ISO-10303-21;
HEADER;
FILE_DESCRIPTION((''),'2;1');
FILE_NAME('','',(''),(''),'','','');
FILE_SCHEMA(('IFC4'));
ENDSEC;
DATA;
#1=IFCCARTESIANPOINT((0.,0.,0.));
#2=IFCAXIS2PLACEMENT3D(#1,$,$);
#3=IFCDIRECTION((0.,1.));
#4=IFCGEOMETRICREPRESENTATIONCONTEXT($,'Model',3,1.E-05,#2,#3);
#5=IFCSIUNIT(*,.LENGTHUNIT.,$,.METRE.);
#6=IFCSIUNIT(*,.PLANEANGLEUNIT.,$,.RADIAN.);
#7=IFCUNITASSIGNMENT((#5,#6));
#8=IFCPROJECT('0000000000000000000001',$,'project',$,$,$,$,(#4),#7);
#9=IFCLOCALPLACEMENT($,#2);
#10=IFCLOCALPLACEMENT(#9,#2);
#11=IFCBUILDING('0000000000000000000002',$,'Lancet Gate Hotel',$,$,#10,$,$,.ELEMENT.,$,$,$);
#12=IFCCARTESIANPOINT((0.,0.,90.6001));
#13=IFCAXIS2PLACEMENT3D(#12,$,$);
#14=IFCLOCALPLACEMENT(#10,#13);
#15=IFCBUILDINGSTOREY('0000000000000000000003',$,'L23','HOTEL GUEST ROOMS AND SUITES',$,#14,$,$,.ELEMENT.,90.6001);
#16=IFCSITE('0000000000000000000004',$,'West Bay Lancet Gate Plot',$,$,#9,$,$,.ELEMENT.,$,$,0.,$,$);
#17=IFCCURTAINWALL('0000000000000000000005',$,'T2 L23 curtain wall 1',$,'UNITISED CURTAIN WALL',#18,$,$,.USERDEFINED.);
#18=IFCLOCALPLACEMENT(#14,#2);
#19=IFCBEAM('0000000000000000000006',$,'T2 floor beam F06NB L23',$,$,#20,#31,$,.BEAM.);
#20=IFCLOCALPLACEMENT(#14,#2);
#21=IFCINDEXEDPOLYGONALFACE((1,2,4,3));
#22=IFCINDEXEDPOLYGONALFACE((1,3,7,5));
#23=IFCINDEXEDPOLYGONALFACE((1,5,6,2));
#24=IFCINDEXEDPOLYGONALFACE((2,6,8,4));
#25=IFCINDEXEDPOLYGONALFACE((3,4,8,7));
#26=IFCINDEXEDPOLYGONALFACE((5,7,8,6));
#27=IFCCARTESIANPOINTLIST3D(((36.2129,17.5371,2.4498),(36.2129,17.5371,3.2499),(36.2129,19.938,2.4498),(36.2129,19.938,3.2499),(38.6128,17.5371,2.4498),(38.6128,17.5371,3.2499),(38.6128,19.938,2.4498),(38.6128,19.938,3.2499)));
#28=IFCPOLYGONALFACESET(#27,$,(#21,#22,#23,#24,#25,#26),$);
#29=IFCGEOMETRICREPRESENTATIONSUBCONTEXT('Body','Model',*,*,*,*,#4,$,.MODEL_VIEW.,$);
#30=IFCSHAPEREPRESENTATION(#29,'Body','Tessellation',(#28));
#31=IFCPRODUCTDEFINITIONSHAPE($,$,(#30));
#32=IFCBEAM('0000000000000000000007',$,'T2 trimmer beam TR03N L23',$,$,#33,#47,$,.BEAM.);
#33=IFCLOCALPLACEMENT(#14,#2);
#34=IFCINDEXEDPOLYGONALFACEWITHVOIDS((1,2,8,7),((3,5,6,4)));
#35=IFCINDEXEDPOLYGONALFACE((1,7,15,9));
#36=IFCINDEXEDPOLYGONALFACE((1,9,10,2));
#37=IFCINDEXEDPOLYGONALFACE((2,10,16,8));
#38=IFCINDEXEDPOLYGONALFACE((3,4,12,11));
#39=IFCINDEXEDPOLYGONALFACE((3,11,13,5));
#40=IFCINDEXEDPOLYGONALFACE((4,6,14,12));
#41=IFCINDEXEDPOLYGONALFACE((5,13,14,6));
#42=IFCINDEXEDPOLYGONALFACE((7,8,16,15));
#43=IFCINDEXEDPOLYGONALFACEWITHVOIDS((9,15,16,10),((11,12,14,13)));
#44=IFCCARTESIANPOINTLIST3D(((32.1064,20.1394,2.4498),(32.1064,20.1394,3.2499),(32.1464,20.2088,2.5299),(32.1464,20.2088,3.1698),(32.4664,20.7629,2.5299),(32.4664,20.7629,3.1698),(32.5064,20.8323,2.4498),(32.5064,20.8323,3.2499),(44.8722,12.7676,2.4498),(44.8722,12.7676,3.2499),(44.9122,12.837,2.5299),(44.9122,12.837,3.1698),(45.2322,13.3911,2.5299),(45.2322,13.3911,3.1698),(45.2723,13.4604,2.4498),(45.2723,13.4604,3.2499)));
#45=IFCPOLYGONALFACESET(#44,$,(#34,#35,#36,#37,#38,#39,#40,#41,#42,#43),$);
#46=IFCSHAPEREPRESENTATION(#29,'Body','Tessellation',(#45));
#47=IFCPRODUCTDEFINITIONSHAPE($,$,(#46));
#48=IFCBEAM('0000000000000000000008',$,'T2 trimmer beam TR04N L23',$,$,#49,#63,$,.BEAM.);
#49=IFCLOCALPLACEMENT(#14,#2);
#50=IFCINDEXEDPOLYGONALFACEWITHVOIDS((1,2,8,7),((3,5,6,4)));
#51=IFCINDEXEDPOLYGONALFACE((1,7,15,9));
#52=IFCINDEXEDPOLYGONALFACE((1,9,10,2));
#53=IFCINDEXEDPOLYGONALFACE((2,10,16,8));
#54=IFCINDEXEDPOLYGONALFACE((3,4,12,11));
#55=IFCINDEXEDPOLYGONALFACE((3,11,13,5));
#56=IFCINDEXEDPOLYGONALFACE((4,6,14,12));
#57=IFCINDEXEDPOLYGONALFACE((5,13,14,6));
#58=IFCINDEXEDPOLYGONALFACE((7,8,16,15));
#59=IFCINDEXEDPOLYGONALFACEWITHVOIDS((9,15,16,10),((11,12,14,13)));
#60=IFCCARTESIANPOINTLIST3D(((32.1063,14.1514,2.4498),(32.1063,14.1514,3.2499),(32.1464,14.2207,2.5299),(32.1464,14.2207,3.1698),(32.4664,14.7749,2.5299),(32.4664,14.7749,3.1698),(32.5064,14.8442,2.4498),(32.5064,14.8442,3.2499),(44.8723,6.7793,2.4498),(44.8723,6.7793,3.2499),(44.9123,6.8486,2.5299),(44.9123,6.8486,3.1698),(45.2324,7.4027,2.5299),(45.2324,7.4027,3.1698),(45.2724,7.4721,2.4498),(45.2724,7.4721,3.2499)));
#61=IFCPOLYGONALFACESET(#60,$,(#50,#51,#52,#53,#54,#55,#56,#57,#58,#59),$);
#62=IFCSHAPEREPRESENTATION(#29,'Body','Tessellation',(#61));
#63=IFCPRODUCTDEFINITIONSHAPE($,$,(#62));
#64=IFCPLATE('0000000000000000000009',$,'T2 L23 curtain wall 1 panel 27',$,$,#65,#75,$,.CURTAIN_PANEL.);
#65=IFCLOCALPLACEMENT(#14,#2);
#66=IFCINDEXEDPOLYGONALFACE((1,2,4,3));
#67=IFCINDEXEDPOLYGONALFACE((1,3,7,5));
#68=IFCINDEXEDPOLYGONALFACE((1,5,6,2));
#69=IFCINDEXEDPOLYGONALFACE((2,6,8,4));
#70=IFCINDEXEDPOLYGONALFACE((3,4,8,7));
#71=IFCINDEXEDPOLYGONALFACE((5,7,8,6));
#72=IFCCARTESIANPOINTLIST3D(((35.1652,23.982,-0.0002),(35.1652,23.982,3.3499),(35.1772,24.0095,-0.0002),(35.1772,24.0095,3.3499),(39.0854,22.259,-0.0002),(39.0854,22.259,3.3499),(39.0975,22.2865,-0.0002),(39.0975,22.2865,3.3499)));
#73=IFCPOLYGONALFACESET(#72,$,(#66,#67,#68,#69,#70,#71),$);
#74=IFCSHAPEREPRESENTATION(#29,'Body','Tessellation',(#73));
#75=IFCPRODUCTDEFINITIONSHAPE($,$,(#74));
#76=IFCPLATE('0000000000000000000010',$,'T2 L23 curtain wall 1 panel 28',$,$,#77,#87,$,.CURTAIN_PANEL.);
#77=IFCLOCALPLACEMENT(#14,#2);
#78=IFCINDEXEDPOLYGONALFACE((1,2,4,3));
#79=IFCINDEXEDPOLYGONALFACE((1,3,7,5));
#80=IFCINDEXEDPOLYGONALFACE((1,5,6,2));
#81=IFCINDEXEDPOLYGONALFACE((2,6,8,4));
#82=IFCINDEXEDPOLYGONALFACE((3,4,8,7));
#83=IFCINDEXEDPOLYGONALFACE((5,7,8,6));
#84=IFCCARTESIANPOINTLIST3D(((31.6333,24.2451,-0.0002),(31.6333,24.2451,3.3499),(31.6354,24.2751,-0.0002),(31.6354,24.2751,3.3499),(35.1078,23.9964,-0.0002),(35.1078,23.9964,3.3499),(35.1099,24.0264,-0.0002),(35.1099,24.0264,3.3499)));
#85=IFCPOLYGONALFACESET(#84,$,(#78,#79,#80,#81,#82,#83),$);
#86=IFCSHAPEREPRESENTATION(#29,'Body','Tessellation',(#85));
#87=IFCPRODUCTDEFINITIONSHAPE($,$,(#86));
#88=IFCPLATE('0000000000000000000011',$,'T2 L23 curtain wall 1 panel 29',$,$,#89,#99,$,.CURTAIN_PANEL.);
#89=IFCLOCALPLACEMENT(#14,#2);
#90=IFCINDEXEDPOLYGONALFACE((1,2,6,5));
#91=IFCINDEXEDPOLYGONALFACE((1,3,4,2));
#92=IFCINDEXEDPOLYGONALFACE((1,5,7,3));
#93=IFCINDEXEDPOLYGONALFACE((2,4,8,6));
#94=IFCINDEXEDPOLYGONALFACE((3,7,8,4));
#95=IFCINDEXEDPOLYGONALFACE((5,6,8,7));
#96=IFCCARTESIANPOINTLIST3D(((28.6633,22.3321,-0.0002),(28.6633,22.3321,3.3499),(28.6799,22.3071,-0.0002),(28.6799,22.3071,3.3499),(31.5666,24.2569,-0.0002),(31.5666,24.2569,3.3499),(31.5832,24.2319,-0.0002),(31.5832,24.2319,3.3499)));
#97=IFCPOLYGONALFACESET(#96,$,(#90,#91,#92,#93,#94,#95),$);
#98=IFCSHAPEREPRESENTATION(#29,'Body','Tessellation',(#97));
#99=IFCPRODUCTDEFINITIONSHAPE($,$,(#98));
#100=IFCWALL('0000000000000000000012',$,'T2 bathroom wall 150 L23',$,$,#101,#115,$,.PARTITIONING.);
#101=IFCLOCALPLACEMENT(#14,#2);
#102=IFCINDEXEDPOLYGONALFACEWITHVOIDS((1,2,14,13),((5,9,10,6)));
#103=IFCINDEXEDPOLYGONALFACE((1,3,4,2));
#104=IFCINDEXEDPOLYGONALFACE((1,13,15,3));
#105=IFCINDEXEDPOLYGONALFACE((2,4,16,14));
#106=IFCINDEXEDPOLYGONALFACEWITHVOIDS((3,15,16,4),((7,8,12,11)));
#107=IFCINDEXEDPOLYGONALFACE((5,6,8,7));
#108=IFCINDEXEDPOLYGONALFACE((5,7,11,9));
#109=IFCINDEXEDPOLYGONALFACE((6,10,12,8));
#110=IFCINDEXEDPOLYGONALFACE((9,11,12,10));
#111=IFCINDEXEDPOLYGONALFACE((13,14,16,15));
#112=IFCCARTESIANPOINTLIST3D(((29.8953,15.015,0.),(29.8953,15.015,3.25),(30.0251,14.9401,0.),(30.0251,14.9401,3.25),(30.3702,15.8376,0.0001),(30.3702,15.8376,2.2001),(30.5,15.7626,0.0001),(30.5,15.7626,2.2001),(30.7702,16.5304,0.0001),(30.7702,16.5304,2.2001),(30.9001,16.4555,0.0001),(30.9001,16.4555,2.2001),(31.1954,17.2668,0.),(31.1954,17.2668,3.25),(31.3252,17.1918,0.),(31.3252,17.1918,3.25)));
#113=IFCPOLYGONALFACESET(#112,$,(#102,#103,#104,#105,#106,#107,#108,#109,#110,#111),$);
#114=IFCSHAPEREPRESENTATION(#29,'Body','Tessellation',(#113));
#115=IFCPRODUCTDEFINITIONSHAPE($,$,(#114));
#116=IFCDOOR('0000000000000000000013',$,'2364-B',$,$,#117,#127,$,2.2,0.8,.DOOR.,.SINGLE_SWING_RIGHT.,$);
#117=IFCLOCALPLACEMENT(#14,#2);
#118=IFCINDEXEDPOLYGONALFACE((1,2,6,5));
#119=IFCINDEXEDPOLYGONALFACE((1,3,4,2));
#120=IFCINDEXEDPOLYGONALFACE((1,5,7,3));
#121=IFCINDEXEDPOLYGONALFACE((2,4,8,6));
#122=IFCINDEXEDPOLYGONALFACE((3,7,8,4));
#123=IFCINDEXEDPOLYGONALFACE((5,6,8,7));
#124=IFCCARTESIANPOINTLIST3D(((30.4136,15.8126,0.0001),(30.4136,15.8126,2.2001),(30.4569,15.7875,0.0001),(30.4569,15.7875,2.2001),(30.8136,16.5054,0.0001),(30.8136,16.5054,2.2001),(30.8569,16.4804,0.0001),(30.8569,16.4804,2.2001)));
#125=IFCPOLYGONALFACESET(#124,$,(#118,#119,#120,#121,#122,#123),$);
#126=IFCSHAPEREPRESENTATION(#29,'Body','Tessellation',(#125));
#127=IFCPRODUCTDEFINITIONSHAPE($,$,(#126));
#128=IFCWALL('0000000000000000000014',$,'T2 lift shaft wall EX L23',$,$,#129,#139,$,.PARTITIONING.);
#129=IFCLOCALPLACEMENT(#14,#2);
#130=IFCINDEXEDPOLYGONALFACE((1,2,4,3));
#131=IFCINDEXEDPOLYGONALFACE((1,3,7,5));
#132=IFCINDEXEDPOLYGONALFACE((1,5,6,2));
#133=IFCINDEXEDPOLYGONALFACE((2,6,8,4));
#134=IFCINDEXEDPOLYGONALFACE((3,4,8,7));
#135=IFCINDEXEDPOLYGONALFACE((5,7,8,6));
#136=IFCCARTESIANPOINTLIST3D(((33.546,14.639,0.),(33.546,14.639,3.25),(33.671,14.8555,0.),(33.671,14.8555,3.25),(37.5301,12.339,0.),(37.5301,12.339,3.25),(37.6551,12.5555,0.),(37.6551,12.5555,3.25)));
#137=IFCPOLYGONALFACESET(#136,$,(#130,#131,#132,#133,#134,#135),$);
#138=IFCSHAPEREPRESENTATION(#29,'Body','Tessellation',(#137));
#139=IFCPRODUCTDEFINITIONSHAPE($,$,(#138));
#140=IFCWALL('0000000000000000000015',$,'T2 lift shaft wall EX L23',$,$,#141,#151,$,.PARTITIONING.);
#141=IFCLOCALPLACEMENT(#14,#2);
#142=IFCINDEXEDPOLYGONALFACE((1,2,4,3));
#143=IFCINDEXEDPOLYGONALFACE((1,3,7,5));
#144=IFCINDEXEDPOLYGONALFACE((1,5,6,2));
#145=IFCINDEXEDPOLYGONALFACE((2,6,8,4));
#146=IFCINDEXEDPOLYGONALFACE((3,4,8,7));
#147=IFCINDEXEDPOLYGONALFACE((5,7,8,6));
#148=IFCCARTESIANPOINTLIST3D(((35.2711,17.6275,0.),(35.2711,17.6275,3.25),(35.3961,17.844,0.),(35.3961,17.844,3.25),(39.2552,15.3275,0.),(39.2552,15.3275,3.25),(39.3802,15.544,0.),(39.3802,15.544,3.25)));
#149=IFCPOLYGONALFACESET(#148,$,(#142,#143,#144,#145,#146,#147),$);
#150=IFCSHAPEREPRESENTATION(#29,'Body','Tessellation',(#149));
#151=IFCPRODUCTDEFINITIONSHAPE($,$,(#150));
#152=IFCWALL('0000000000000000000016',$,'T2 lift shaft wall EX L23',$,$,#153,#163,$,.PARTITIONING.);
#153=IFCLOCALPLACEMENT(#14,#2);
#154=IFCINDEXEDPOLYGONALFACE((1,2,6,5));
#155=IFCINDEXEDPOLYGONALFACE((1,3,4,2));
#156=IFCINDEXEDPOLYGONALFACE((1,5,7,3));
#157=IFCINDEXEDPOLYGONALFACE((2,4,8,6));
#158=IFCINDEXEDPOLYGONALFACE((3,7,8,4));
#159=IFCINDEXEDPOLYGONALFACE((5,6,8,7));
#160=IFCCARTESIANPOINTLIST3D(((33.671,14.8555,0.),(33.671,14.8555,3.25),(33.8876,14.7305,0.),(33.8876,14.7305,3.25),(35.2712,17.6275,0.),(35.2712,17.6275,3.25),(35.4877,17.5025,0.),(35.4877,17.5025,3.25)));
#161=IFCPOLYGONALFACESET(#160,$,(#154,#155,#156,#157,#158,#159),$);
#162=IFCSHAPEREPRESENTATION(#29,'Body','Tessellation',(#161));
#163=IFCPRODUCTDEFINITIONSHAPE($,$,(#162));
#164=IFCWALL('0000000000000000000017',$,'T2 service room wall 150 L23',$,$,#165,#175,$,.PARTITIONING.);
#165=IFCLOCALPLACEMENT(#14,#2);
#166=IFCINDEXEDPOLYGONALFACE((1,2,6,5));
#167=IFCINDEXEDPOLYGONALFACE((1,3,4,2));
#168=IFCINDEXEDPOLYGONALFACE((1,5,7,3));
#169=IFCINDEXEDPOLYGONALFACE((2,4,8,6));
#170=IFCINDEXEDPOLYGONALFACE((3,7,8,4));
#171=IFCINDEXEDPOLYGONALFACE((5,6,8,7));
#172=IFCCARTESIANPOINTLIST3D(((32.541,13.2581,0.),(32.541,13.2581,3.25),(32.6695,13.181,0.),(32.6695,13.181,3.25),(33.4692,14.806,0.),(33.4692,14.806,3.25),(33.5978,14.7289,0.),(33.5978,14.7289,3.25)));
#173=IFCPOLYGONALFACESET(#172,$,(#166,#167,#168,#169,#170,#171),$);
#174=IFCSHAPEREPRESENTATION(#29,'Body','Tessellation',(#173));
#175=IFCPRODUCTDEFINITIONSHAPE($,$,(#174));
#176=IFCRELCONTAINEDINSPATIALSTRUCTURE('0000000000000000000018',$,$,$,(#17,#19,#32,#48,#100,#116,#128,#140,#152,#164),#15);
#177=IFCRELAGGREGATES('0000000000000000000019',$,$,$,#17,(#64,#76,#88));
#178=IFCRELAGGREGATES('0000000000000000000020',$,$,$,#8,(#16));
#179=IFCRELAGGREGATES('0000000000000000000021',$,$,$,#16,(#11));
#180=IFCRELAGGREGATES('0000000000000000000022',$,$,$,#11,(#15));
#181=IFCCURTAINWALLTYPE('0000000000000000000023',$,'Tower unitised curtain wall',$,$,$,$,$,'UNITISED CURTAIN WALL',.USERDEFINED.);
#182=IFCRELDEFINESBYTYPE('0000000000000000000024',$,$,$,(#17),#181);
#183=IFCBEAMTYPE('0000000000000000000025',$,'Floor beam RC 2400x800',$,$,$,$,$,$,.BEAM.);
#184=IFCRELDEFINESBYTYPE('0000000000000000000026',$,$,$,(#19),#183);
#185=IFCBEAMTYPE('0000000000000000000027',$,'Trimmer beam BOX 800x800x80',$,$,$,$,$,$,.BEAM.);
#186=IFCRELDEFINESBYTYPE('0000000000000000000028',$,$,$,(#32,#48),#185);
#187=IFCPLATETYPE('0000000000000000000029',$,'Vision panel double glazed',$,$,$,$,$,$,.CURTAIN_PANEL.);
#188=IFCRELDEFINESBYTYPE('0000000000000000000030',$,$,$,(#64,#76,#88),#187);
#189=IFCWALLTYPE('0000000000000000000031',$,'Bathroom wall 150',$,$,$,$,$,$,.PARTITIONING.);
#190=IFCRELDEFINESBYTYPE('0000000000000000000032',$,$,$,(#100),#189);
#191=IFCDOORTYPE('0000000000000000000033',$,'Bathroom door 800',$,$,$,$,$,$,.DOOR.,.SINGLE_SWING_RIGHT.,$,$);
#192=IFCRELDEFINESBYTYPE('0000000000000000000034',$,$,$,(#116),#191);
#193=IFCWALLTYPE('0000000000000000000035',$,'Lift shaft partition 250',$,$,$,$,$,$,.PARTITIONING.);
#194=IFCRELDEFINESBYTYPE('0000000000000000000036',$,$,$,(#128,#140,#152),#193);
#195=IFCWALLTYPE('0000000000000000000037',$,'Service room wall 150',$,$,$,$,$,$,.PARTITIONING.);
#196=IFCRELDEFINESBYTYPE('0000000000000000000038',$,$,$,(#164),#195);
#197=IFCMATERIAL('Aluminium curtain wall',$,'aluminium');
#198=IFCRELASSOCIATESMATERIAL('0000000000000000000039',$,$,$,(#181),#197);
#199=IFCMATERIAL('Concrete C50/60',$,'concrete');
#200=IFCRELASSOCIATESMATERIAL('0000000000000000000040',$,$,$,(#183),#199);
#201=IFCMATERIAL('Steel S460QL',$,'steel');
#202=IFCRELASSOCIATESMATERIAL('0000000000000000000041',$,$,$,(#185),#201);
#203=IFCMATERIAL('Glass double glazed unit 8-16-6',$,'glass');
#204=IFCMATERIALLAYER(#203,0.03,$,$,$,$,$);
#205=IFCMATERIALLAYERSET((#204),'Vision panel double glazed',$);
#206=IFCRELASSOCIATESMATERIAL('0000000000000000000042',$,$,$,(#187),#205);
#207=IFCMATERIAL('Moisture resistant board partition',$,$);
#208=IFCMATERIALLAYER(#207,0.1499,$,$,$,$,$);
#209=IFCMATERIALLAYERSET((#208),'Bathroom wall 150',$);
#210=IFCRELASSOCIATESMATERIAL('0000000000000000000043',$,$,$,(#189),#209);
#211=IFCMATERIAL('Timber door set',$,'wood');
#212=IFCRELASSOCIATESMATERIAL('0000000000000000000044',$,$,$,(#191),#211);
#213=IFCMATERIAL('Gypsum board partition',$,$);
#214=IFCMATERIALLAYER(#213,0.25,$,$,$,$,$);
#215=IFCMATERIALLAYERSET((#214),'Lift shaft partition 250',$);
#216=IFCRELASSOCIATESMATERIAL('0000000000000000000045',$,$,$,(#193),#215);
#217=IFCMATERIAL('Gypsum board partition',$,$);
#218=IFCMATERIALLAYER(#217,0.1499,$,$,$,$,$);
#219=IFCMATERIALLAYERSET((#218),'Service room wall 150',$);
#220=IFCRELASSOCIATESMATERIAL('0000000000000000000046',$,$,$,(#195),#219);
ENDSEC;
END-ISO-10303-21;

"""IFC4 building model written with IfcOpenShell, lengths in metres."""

from ifc_helpers import new_model, si_unit, direction, frame, frame_2d, origin, origin_2d, place, context, subcontext, project, spatial, rectangle, hollow_rectangle, extrude, material, layer, layer_set, material_profile, profile_set, type_object, element, fill, aggregate, save


model = new_model("IFC4")

# Units and contexts
model_context = context("Model", 3, precision=1e-05, world=origin(), true_north=direction((0.0, 1.0)))
body_context = subcontext(model_context, "Body", "Model", "MODEL_VIEW")
ifc_project = project(units=[si_unit("LENGTHUNIT", "METRE"), si_unit("PLANEANGLEUNIT", "RADIAN")], contexts=[model_context])

# Site, building, storey
site_placement = place(None, origin())
site = spatial("IfcSite", under=ifc_project, at=site_placement, Name="West Bay Lancet Gate Plot", CompositionType="ELEMENT", RefElevation=0.0)
building_placement = place(site_placement, origin())
building = spatial("IfcBuilding", under=site, at=building_placement, Name="Lancet Gate Hotel", CompositionType="ELEMENT")
storey_placement = place(building_placement, frame((0.0, 0.0, 90.6001)))
storey = spatial("IfcBuildingStorey", under=building, at=storey_placement, Name="L23", Description="HOTEL GUEST ROOMS AND SUITES", CompositionType="ELEMENT", Elevation=90.6001)

# Curtain wall
ifc_material_1 = material(Name="Aluminium curtain wall", Category="aluminium")
curtain_wall_type = type_object("IfcCurtainWallType", Name="Tower unitised curtain wall", ElementType="UNITISED CURTAIN WALL", PredefinedType="USERDEFINED", material=ifc_material_1)
curtain_wall_placement = place(storey_placement, origin())
curtain_wall = element("IfcCurtainWall", 1, at=curtain_wall_placement, inside=storey, type_object=curtain_wall_type, Name="T2 L23 curtain wall 1", ObjectType="UNITISED CURTAIN WALL", PredefinedType="USERDEFINED")

# Beams
ifc_material_2 = material(Name="Concrete C50/60", Category="concrete")
ifc_material_profile_1 = material_profile(ifc_material_2, rectangle(XDim=2.3999, YDim=0.8, at=origin_2d()), Name="RC 2400x800")
ifc_profile_set_1 = profile_set([ifc_material_profile_1], Name="Concrete C50/60")
beam_type_1 = type_object("IfcBeamType", Name="Floor beam RC 2400x800", PredefinedType="BEAM", material=ifc_profile_set_1)
beam_1_placement = place(storey_placement, frame((37.4128, 17.5371, 2.8499), z_axis=(0.0, 1.0, 0.0), x_axis=(-1.0, 0.0, 0.0)))
element("IfcBeam", 2, at=beam_1_placement, inside=storey, type_object=beam_type_1, Name="T2 floor beam F06NB L23", PredefinedType="BEAM", context=body_context, shape_type="SweptSolid", body=[
    extrude(rectangle(XDim=2.3999, YDim=0.8, at=origin_2d()), origin(), (0.0, 0.0, 1.0), 2.4009),
])
ifc_material_3 = material(Name="Steel S460QL", Category="steel")
ifc_material_profile_2 = material_profile(ifc_material_3, hollow_rectangle(XDim=0.8, YDim=0.8, WallThickness=0.0801, at=origin_2d()), Name="BOX 800x800x80")
ifc_profile_set_2 = profile_set([ifc_material_profile_2], Name="Steel S460QL")
beam_type_2 = type_object("IfcBeamType", Name="Trimmer beam BOX 800x800x80", PredefinedType="BEAM", material=ifc_profile_set_2)
beam_2_placement = place(storey_placement, frame((32.3064, 20.4858, 2.8499), z_axis=(0.865983, -0.500074, 0.0), x_axis=(0.500074, 0.865983, 0.0)))
element("IfcBeam", 3, at=beam_2_placement, inside=storey, type_object=beam_type_2, Name="T2 trimmer beam TR03N L23", PredefinedType="BEAM", context=body_context, shape_type="SweptSolid", body=[
    extrude(hollow_rectangle(XDim=0.8, YDim=0.8, WallThickness=0.0801, at=origin_2d()), origin(), (0.0, 0.0, 1.0), 14.7415),
])
beam_3_placement = place(storey_placement, frame((32.3064, 14.4978, 2.8499), z_axis=(0.865976, -0.500086, 0.0), x_axis=(0.500086, 0.865976, 0.0)))
element("IfcBeam", 4, at=beam_3_placement, inside=storey, type_object=beam_type_2, Name="T2 trimmer beam TR04N L23", PredefinedType="BEAM", context=body_context, shape_type="SweptSolid", body=[
    extrude(hollow_rectangle(XDim=0.8, YDim=0.8, WallThickness=0.0801, at=origin_2d()), origin(), (0.0, 0.0, 1.0), 14.7417),
])

# Plates
ifc_material_4 = material(Name="Glass double glazed unit 8-16-6", Category="glass")
ifc_layer_1 = layer(ifc_material_4, 0.03)
ifc_layer_set_1 = layer_set([ifc_layer_1], Name="Vision panel double glazed")
plate_type = type_object("IfcPlateType", Name="Vision panel double glazed", PredefinedType="CURTAIN_PANEL", material=ifc_layer_set_1)
plate_1_placement = place(storey_placement, frame((37.1313, 23.1343, -0.0002), z_axis=(0.0, 0.0, 1.0), x_axis=(-0.915479, 0.402367, 0.0)))
plate_1 = element("IfcPlate", 5, at=plate_1_placement, type_object=plate_type, Name="T2 L23 curtain wall 1 panel 27", PredefinedType="CURTAIN_PANEL", context=body_context, shape_type="SweptSolid", body=[
    extrude(rectangle(XDim=4.2822, YDim=0.03, at=origin_2d()), origin(), (0.0, 0.0, 1.0), 3.3501),
])
plate_2_placement = place(storey_placement, frame((33.3716, 24.1357, -0.0002), z_axis=(0.0, 0.0, 1.0), x_axis=(-0.997448, 0.07139, 0.0)))
plate_2 = element("IfcPlate", 6, at=plate_2_placement, type_object=plate_type, Name="T2 L23 curtain wall 1 panel 28", PredefinedType="CURTAIN_PANEL", context=body_context, shape_type="SweptSolid", body=[
    extrude(rectangle(XDim=3.4834, YDim=0.03, at=origin_2d()), origin(), (0.0, 0.0, 1.0), 3.3501),
])
plate_3_placement = place(storey_placement, frame((30.1233, 23.282, -0.0002), z_axis=(0.0, 0.0, 1.0), x_axis=(-0.833465, -0.552573, 0.0)))
plate_3 = element("IfcPlate", 7, at=plate_3_placement, type_object=plate_type, Name="T2 L23 curtain wall 1 panel 29", PredefinedType="CURTAIN_PANEL", context=body_context, shape_type="SweptSolid", body=[
    extrude(rectangle(XDim=3.4834, YDim=0.03, at=origin_2d()), origin(), (0.0, 0.0, 1.0), 3.3501),
])
aggregate(curtain_wall, [plate_1, plate_2, plate_3])

# Wall, opening, door
ifc_material_5 = material(Name="Moisture resistant board partition")
ifc_layer_2 = layer(ifc_material_5, 0.1499)
ifc_layer_set_2 = layer_set([ifc_layer_2], Name="Bathroom wall 150")
wall_type_1 = type_object("IfcWallType", Name="Bathroom wall 150", PredefinedType="PARTITIONING", material=ifc_layer_set_2)
wall_1_placement = place(storey_placement, frame((29.9602, 14.9775, 0.0), z_axis=(0.0, 0.0, 1.0), x_axis=(0.500007, 0.866021, 0.0)))
wall_1 = element("IfcWall", 8, at=wall_1_placement, inside=storey, type_object=wall_type_1, Name="T2 bathroom wall 150 L23", PredefinedType="PARTITIONING", context=body_context, shape_type="SweptSolid", body=[
    extrude(rectangle(XDim=2.6001, YDim=0.1499, at=frame_2d((1.3, 0.0))), origin(), (0.0, 0.0, 1.0), 3.25),
])
opening_placement = place(wall_1_placement, frame((0.95, 0.0, 0.0)))
opening = element("IfcOpeningElement", 9, at=opening_placement, cuts=wall_1, PredefinedType="OPENING", context=body_context, shape_type="SweptSolid", body=[
    extrude(rectangle(XDim=0.8, YDim=2.2, at=frame_2d((0.3999, 1.1001))), frame((0.0, 0.085, 0.0), z_axis=(0.0, -1.0, 0.0), x_axis=(1.0, 0.0, 0.0)), (0.0, 0.0, 1.0), 0.1699),
])
ifc_material_6 = material(Name="Timber door set", Category="wood")
door_type = type_object("IfcDoorType", Name="Bathroom door 800", OperationType="SINGLE_SWING_RIGHT", PredefinedType="DOOR", material=ifc_material_6)
door_placement = place(opening_placement, origin())
door = element("IfcDoor", 10, at=door_placement, inside=storey, type_object=door_type, Name="2364-B", OperationType="SINGLE_SWING_RIGHT", OverallHeight=2.2, OverallWidth=0.8, PredefinedType="DOOR", context=body_context, shape_type="SweptSolid", body=[
    extrude(rectangle(XDim=0.8, YDim=2.2, at=frame_2d((0.3999, 1.1001))), frame((0.0, 0.0249, 0.0), z_axis=(0.0, -1.0, 0.0), x_axis=(1.0, 0.0, 0.0)), (0.0, 0.0, 1.0), 0.05),
])
fill(opening, door)

# Walls
ifc_material_7 = material(Name="Gypsum board partition")
ifc_layer_3 = layer(ifc_material_7, 0.25)
ifc_layer_set_3 = layer_set([ifc_layer_3], Name="Lift shaft partition 250")
wall_type_2 = type_object("IfcWallType", Name="Lift shaft partition 250", PredefinedType="PARTITIONING", material=ifc_layer_set_3)
for number, where, z_axis, x_axis, name in (
    (11, (33.6084, 14.7473, 0.0), (0.0, 0.0, 1.0), (0.866043, -0.499969, 0.0), "T2 lift shaft wall EX L23"),
    (12, (35.3335, 17.7358, 0.0), (0.0, 0.0, 1.0), (0.866043, -0.499969, 0.0), "T2 lift shaft wall EX L23"),
):
    element("IfcWall", number, at=place(storey_placement, frame(where, z_axis=z_axis, x_axis=x_axis)), inside=storey, type_object=wall_type_2, Name=name, PredefinedType="PARTITIONING", context=body_context, shape_type="SweptSolid", body=[
        extrude(rectangle(XDim=4.6003, YDim=0.25, at=frame_2d((2.3003, 0.0))), origin(), (0.0, 0.0, 1.0), 3.25),
    ])
wall_2_placement = place(storey_placement, frame((33.7793, 14.793, 0.0), z_axis=(0.0, 0.0, 1.0), x_axis=(0.499929, 0.866066, 0.0)))
element("IfcWall", 13, at=wall_2_placement, inside=storey, type_object=wall_type_2, Name="T2 lift shaft wall EX L23", PredefinedType="PARTITIONING", context=body_context, shape_type="SweptSolid", body=[
    extrude(rectangle(XDim=3.2007, YDim=0.25, at=frame_2d((1.6003, 0.0))), origin(), (0.0, 0.0, 1.0), 3.25),
])
ifc_material_8 = material(Name="Gypsum board partition")
ifc_layer_4 = layer(ifc_material_8, 0.1499)
ifc_layer_set_4 = layer_set([ifc_layer_4], Name="Service room wall 150")
wall_type_3 = type_object("IfcWallType", Name="Service room wall 150", PredefinedType="PARTITIONING", material=ifc_layer_set_4)
wall_3_placement = place(storey_placement, frame((33.5334, 14.7673, 0.0), z_axis=(0.0, 0.0, 1.0), x_axis=(-0.514297, -0.857612, 0.0)))
element("IfcWall", 14, at=wall_3_placement, inside=storey, type_object=wall_type_3, Name="T2 service room wall 150 L23", PredefinedType="PARTITIONING", context=body_context, shape_type="SweptSolid", body=[
    extrude(rectangle(XDim=1.8049, YDim=0.1499, at=frame_2d((0.9023, 0.0))), origin(), (0.0, 0.0, 1.0), 3.25),
])

save(model, "model.ifc")
